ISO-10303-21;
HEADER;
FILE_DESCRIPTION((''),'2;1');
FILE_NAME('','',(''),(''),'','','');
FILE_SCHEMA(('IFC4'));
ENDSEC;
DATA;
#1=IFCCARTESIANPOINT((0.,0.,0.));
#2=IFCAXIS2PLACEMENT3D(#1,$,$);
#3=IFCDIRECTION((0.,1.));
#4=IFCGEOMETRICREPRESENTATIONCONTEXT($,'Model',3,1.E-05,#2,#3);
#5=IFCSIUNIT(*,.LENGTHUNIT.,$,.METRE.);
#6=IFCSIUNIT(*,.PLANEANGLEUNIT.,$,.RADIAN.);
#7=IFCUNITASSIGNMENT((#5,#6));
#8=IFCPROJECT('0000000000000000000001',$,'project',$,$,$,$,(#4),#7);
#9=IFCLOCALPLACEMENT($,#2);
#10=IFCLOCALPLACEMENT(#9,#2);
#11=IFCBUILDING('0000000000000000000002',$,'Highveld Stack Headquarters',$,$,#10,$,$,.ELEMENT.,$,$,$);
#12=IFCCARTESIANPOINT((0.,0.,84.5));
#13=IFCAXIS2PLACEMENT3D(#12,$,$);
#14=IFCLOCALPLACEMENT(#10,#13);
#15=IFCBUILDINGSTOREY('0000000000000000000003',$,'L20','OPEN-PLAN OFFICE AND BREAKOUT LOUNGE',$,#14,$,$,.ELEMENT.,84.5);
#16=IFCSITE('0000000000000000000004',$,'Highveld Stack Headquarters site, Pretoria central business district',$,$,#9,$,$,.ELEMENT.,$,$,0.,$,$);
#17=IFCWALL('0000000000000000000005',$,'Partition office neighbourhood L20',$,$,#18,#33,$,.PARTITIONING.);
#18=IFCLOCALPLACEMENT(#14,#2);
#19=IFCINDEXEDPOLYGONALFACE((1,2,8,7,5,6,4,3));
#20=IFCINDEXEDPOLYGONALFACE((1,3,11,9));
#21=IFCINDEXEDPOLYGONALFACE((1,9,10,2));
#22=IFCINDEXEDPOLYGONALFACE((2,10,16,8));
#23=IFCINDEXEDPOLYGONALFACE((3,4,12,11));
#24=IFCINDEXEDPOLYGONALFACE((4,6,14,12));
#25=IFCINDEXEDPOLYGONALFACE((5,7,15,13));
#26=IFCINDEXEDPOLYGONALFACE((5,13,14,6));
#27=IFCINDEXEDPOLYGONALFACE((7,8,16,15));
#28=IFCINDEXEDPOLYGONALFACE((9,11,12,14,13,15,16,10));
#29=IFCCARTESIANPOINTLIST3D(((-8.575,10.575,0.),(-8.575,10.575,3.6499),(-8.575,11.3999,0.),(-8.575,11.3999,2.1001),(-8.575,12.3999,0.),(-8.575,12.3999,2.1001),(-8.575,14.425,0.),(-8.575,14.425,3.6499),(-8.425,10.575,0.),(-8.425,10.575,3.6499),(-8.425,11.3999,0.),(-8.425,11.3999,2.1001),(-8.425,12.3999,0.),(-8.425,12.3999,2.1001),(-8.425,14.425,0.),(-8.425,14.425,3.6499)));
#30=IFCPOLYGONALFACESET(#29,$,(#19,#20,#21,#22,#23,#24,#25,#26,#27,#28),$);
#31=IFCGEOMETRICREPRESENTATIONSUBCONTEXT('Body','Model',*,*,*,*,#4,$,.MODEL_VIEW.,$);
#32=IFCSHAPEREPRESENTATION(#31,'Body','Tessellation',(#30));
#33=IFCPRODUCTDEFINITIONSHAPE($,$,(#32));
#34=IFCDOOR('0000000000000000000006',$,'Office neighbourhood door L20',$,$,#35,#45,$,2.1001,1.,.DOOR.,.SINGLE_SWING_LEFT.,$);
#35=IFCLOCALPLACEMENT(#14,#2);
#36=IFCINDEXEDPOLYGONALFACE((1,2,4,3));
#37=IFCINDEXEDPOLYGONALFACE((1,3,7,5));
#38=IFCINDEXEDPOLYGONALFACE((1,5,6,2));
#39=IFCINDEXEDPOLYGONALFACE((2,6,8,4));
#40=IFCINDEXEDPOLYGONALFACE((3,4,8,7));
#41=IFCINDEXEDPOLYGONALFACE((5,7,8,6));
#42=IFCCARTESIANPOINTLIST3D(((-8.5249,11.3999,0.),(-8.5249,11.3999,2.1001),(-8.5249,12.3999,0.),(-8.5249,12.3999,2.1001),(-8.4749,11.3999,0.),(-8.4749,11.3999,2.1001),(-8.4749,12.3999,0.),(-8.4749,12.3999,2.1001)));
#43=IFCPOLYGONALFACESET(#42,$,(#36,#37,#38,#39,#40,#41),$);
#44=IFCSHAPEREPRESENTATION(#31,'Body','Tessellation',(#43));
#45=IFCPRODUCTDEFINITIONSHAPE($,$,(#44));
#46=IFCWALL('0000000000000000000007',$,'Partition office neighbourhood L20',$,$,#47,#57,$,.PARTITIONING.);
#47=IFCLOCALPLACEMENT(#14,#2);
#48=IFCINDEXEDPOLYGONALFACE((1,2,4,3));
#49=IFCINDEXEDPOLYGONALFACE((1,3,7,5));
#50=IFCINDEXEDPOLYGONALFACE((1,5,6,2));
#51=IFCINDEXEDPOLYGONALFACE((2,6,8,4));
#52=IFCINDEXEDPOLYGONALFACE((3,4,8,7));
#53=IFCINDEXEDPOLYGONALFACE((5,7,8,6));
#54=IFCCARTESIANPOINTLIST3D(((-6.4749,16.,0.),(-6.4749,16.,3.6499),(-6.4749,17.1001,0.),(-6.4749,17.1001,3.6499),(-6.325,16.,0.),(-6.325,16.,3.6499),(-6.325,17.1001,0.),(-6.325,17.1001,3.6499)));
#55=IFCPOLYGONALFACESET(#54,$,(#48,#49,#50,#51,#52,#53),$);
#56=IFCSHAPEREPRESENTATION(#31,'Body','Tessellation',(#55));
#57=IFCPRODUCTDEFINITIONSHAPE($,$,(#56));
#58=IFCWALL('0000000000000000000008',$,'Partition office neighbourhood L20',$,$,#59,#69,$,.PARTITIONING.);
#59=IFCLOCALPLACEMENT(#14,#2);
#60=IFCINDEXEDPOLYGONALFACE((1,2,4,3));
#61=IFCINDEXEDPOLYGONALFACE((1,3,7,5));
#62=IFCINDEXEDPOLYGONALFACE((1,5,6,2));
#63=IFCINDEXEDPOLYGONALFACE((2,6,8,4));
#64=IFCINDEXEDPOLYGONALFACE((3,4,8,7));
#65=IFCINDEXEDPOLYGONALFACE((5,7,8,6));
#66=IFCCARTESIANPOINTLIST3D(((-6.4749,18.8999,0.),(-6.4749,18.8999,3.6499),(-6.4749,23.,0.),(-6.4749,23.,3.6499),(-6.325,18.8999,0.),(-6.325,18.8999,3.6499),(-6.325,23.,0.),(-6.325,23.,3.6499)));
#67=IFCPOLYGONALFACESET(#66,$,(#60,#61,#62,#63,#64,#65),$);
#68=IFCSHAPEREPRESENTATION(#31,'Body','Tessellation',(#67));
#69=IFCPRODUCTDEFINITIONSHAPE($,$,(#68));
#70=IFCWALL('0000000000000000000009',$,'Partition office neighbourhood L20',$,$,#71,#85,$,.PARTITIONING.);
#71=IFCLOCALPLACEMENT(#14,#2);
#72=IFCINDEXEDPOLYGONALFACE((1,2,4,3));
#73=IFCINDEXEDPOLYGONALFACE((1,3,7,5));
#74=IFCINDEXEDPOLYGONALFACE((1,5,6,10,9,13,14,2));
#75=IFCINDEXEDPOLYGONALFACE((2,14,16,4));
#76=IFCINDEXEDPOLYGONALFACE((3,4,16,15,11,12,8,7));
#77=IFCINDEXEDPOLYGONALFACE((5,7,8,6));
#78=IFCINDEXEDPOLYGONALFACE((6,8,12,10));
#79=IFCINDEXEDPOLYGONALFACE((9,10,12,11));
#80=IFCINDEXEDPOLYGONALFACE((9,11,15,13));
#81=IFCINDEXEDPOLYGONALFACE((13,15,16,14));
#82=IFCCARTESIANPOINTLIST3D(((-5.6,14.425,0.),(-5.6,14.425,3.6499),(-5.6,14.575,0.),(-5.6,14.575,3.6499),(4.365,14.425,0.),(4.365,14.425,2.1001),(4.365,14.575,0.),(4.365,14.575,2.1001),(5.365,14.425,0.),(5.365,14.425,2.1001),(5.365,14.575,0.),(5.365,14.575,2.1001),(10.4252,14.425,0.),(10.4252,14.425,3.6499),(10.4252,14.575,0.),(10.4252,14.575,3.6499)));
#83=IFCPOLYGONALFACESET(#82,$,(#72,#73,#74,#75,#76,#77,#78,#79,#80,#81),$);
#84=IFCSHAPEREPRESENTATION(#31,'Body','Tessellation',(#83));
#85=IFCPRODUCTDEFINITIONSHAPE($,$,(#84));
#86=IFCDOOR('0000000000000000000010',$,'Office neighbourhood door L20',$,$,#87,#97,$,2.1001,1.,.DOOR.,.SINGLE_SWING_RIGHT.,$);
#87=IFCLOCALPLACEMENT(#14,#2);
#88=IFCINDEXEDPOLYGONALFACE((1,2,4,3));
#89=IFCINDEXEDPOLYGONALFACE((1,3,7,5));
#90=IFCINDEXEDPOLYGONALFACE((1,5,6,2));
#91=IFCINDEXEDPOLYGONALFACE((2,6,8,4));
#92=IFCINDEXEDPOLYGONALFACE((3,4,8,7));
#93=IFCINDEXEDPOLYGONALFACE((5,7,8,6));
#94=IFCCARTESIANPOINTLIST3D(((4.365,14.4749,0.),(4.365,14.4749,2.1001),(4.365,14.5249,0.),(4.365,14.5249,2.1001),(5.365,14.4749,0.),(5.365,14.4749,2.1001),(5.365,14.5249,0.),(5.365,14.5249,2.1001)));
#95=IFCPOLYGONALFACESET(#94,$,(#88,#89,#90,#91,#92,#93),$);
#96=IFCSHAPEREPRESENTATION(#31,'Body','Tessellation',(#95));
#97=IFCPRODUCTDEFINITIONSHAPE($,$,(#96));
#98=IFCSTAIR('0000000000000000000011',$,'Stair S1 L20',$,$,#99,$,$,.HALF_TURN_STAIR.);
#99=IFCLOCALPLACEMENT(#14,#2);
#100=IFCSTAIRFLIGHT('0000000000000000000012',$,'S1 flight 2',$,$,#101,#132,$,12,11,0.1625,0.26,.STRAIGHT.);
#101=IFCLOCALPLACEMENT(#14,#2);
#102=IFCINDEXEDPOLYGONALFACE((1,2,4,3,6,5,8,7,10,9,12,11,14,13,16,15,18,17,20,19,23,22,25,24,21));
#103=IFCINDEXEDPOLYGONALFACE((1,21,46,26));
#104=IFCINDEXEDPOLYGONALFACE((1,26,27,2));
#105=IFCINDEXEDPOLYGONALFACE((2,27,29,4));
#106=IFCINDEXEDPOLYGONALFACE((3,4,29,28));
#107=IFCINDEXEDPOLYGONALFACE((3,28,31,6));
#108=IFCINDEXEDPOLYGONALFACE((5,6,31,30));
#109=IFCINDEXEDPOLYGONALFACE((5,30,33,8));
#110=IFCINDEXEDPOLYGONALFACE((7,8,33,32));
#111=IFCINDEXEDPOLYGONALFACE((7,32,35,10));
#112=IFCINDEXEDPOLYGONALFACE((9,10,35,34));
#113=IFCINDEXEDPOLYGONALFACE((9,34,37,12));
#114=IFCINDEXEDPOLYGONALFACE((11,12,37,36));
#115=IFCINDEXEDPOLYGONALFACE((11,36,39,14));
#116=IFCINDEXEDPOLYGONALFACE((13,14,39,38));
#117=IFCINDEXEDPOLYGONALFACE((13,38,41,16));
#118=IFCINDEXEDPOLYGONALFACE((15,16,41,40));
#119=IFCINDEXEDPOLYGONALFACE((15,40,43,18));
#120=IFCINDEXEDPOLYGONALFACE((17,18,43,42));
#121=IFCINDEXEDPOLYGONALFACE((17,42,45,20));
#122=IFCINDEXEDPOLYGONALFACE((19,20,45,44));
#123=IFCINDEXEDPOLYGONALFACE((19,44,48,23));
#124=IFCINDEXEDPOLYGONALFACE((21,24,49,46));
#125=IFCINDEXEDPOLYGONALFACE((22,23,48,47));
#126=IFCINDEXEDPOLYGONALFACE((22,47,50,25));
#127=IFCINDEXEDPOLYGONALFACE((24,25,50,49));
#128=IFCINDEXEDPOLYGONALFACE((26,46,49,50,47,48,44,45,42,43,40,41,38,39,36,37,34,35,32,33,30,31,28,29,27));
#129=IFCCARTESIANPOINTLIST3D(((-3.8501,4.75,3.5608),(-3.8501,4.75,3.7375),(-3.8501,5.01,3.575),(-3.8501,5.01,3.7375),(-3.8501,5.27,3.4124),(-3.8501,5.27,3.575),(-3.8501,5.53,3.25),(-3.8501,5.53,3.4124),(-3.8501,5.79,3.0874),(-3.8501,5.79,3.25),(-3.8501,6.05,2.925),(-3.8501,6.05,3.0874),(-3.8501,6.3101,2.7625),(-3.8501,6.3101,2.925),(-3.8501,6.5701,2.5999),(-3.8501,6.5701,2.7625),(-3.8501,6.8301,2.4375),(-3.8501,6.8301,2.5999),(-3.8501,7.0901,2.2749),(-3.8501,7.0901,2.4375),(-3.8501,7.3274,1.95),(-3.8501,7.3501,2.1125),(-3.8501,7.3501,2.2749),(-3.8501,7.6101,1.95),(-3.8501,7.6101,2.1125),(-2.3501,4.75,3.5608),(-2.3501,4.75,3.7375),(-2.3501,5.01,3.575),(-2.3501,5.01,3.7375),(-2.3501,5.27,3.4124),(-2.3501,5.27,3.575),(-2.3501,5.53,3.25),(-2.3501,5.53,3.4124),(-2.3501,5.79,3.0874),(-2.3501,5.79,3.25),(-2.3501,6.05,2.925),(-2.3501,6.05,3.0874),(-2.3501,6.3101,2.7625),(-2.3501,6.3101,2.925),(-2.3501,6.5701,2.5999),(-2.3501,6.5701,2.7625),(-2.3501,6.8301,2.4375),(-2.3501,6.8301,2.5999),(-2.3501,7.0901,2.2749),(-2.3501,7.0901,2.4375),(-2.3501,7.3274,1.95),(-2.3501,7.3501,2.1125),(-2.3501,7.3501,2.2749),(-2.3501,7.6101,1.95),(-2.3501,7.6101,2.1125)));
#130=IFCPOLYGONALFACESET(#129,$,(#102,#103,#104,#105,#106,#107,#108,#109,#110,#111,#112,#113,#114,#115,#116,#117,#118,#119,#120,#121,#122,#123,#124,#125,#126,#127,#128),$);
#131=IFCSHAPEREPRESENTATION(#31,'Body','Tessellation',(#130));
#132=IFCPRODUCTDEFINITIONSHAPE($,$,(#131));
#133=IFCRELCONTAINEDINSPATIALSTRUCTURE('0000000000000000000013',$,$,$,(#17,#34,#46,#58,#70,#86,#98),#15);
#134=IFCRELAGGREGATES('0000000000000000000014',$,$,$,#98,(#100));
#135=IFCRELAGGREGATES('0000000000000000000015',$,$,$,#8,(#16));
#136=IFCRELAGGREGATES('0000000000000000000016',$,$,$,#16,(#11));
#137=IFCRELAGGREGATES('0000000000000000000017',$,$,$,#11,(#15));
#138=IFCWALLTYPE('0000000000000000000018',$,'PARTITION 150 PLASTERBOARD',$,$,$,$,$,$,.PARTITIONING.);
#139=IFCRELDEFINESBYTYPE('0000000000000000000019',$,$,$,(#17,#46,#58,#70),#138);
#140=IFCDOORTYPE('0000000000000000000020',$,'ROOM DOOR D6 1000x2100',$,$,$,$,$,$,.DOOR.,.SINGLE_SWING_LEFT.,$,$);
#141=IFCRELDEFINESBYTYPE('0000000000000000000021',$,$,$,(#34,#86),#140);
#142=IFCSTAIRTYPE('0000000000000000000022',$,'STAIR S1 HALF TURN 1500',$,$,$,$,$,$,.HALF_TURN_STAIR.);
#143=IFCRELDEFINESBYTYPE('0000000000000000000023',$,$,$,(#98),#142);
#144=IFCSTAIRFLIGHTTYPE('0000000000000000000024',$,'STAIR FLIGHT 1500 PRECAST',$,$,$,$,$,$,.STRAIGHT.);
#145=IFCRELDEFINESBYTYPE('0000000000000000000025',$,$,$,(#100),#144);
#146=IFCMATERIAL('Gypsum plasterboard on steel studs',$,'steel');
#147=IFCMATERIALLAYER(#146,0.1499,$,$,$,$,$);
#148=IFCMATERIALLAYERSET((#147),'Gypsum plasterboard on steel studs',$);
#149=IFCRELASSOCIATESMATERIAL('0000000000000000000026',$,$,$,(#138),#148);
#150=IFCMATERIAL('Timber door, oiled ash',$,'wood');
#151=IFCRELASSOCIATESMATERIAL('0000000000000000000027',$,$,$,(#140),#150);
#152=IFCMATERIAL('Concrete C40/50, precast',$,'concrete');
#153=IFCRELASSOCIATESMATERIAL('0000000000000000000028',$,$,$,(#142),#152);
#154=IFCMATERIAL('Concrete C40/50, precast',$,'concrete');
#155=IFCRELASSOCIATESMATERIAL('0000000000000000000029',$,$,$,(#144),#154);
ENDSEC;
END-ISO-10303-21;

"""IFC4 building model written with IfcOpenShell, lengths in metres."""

from ifc_helpers import new_model, si_unit, direction, frame, frame_2d, origin, place, context, subcontext, project, spatial, polyline, rectangle, outline, extrude, material, layer, layer_set, type_object, element, fill, aggregate, save


model = new_model("IFC4")

# Units and contexts
model_context = context("Model", 3, precision=1e-05, world=origin(), true_north=direction((0.0, 1.0)))
body_context = subcontext(model_context, "Body", "Model", "MODEL_VIEW")
ifc_project = project(units=[si_unit("LENGTHUNIT", "METRE"), si_unit("PLANEANGLEUNIT", "RADIAN")], contexts=[model_context])

# Site, building, storey
site_placement = place(None, origin())
site = spatial("IfcSite", under=ifc_project, at=site_placement, Name="Highveld Stack Headquarters site, Pretoria central business district", CompositionType="ELEMENT", RefElevation=0.0)
building_placement = place(site_placement, origin())
building = spatial("IfcBuilding", under=site, at=building_placement, Name="Highveld Stack Headquarters", CompositionType="ELEMENT")
storey_placement = place(building_placement, frame((0.0, 0.0, 84.5)))
storey = spatial("IfcBuildingStorey", under=building, at=storey_placement, Name="L20", Description="OPEN-PLAN OFFICE AND BREAKOUT LOUNGE", CompositionType="ELEMENT", Elevation=84.5)

# Wall, opening, door
ifc_material_1 = material(Name="Gypsum plasterboard on steel studs", Category="steel")
ifc_layer_1 = layer(ifc_material_1, 0.1499)
ifc_layer_set_1 = layer_set([ifc_layer_1], Name="Gypsum plasterboard on steel studs")
wall_type_1 = type_object("IfcWallType", Name="PARTITION 150 PLASTERBOARD", PredefinedType="PARTITIONING", material=ifc_layer_set_1)
wall_1_placement = place(storey_placement, frame((-8.5, 10.575, 0.0), z_axis=(0.0, 0.0, 1.0), x_axis=(0.0, 1.0, 0.0)))
wall_1 = element("IfcWall", 1, at=wall_1_placement, inside=storey, type_object=wall_type_1, Name="Partition office neighbourhood L20", PredefinedType="PARTITIONING", context=body_context, shape_type="SweptSolid", body=[
    extrude(rectangle(XDim=3.8501, YDim=0.1499, at=frame_2d((1.925, 0.0))), origin(), (0.0, 0.0, 1.0), 3.6499),
])
opening_1_placement = place(wall_1_placement, frame((0.825, 0.0, 0.0)))
opening_1 = element("IfcOpeningElement", 2, at=opening_1_placement, cuts=wall_1, PredefinedType="OPENING", context=body_context, shape_type="SweptSolid", body=[
    extrude(rectangle(XDim=1.0, YDim=2.1001, at=frame_2d((0.5, 1.05))), frame((0.0, 0.085, 0.0), z_axis=(0.0, -1.0, 0.0), x_axis=(1.0, 0.0, 0.0)), (0.0, 0.0, 1.0), 0.1699),
])
ifc_material_2 = material(Name="Timber door, oiled ash", Category="wood")
door_type_1 = type_object("IfcDoorType", Name="ROOM DOOR D6 1000x2100", OperationType="SINGLE_SWING_LEFT", PredefinedType="DOOR", material=ifc_material_2)
door_1_placement = place(opening_1_placement, origin())
door_1 = element("IfcDoor", 3, at=door_1_placement, inside=storey, type_object=door_type_1, Name="Office neighbourhood door L20", OperationType="SINGLE_SWING_LEFT", OverallHeight=2.1001, OverallWidth=1.0, PredefinedType="DOOR", context=body_context, shape_type="SweptSolid", body=[
    extrude(rectangle(XDim=1.0, YDim=2.1001, at=frame_2d((0.5, 1.05))), frame((0.0, 0.0249, 0.0), z_axis=(0.0, -1.0, 0.0), x_axis=(1.0, 0.0, 0.0)), (0.0, 0.0, 1.0), 0.05),
])
fill(opening_1, door_1)

# Walls
wall_2_placement = place(storey_placement, frame((-6.3999, 16.0, 0.0), z_axis=(0.0, 0.0, 1.0), x_axis=(0.0, 1.0, 0.0)))
element("IfcWall", 4, at=wall_2_placement, inside=storey, type_object=wall_type_1, Name="Partition office neighbourhood L20", PredefinedType="PARTITIONING", context=body_context, shape_type="SweptSolid", body=[
    extrude(rectangle(XDim=1.1001, YDim=0.1499, at=frame_2d((0.55, 0.0))), origin(), (0.0, 0.0, 1.0), 3.6499),
])
wall_3_placement = place(storey_placement, frame((-6.3999, 18.8999, 0.0), z_axis=(0.0, 0.0, 1.0), x_axis=(0.0, 1.0, 0.0)))
element("IfcWall", 5, at=wall_3_placement, inside=storey, type_object=wall_type_1, Name="Partition office neighbourhood L20", PredefinedType="PARTITIONING", context=body_context, shape_type="SweptSolid", body=[
    extrude(rectangle(XDim=4.1001, YDim=0.1499, at=frame_2d((2.05, 0.0))), origin(), (0.0, 0.0, 1.0), 3.6499),
])

# Wall, opening, door
wall_4_placement = place(storey_placement, frame((-5.6001, 14.5, 0.0), z_axis=(0.0, 0.0, 1.0), x_axis=(1.0, 0.0, 0.0)))
wall_4 = element("IfcWall", 6, at=wall_4_placement, inside=storey, type_object=wall_type_1, Name="Partition office neighbourhood L20", PredefinedType="PARTITIONING", context=body_context, shape_type="SweptSolid", body=[
    extrude(rectangle(XDim=16.0251, YDim=0.1499, at=frame_2d((8.0127, 0.0))), origin(), (0.0, 0.0, 1.0), 3.6499),
])
opening_2_placement = place(wall_4_placement, frame((9.9651, 0.0, 0.0)))
opening_2 = element("IfcOpeningElement", 7, at=opening_2_placement, cuts=wall_4, PredefinedType="OPENING", context=body_context, shape_type="SweptSolid", body=[
    extrude(rectangle(XDim=1.0, YDim=2.1001, at=frame_2d((0.5, 1.05))), frame((0.0, 0.085, 0.0), z_axis=(0.0, -1.0, 0.0), x_axis=(1.0, 0.0, 0.0)), (0.0, 0.0, 1.0), 0.1699),
])
door_2_placement = place(opening_2_placement, origin())
door_2 = element("IfcDoor", 8, at=door_2_placement, inside=storey, type_object=door_type_1, Name="Office neighbourhood door L20", OperationType="SINGLE_SWING_RIGHT", OverallHeight=2.1001, OverallWidth=1.0, PredefinedType="DOOR", context=body_context, shape_type="SweptSolid", body=[
    extrude(rectangle(XDim=1.0, YDim=2.1001, at=frame_2d((0.5, 1.05))), frame((0.0, 0.0249, 0.0), z_axis=(0.0, -1.0, 0.0), x_axis=(1.0, 0.0, 0.0)), (0.0, 0.0, 1.0), 0.05),
])
fill(opening_2, door_2)

# Stair, stair flight
ifc_material_3 = material(Name="Concrete C40/50, precast", Category="concrete")
stair_type = type_object("IfcStairType", Name="STAIR S1 HALF TURN 1500", PredefinedType="HALF_TURN_STAIR", material=ifc_material_3)
stair_placement = place(storey_placement, origin())
stair = element("IfcStair", 9, at=stair_placement, inside=storey, type_object=stair_type, Name="Stair S1 L20", PredefinedType="HALF_TURN_STAIR")
ifc_material_4 = material(Name="Concrete C40/50, precast", Category="concrete")
stair_flight_type = type_object("IfcStairFlightType", Name="STAIR FLIGHT 1500 PRECAST", PredefinedType="STRAIGHT", material=ifc_material_4)
stair_flight_placement = place(storey_placement, frame((-3.1001, 7.6101, 1.95), z_axis=(0.0, 0.0, 1.0), x_axis=(0.0, -1.0, 0.0)))
stair_flight = element("IfcStairFlight", 10, at=stair_flight_placement, type_object=stair_flight_type, Name="S1 flight 2", NumberOfRisers=12, NumberOfTreads=11, PredefinedType="STRAIGHT", RiserHeight=0.1625, TreadLength=0.26, context=body_context, shape_type="SweptSolid", body=[
    extrude(outline(polyline([(0.0, 0.0), (0.0, 0.1626), (0.26, 0.1626), (0.26, 0.325), (0.52, 0.325), (0.52, 0.4875), (0.78, 0.4875), (0.78, 0.6499), (1.04, 0.6499), (1.04, 0.8125), (1.3, 0.8125), (1.3, 0.9751), (1.5601, 0.9751), (1.5601, 1.1375), (1.8201, 1.1375), (1.8201, 1.3), (2.0801, 1.3), (2.0801, 1.4624), (2.3401, 1.4624), (2.3401, 1.625), (2.6001, 1.625), (2.6001, 1.7876), (2.8601, 1.7876), (2.8601, 1.95), (2.8601, 1.6108), (0.2827, 0.0), (0.0, 0.0)])), frame((0.0, 0.75, 0.0), z_axis=(0.0, -1.0, 0.0), x_axis=(1.0, 0.0, 0.0)), (0.0, 0.0, 1.0), 1.5),
])
aggregate(stair, [stair_flight])

save(model, "model.ifc")
